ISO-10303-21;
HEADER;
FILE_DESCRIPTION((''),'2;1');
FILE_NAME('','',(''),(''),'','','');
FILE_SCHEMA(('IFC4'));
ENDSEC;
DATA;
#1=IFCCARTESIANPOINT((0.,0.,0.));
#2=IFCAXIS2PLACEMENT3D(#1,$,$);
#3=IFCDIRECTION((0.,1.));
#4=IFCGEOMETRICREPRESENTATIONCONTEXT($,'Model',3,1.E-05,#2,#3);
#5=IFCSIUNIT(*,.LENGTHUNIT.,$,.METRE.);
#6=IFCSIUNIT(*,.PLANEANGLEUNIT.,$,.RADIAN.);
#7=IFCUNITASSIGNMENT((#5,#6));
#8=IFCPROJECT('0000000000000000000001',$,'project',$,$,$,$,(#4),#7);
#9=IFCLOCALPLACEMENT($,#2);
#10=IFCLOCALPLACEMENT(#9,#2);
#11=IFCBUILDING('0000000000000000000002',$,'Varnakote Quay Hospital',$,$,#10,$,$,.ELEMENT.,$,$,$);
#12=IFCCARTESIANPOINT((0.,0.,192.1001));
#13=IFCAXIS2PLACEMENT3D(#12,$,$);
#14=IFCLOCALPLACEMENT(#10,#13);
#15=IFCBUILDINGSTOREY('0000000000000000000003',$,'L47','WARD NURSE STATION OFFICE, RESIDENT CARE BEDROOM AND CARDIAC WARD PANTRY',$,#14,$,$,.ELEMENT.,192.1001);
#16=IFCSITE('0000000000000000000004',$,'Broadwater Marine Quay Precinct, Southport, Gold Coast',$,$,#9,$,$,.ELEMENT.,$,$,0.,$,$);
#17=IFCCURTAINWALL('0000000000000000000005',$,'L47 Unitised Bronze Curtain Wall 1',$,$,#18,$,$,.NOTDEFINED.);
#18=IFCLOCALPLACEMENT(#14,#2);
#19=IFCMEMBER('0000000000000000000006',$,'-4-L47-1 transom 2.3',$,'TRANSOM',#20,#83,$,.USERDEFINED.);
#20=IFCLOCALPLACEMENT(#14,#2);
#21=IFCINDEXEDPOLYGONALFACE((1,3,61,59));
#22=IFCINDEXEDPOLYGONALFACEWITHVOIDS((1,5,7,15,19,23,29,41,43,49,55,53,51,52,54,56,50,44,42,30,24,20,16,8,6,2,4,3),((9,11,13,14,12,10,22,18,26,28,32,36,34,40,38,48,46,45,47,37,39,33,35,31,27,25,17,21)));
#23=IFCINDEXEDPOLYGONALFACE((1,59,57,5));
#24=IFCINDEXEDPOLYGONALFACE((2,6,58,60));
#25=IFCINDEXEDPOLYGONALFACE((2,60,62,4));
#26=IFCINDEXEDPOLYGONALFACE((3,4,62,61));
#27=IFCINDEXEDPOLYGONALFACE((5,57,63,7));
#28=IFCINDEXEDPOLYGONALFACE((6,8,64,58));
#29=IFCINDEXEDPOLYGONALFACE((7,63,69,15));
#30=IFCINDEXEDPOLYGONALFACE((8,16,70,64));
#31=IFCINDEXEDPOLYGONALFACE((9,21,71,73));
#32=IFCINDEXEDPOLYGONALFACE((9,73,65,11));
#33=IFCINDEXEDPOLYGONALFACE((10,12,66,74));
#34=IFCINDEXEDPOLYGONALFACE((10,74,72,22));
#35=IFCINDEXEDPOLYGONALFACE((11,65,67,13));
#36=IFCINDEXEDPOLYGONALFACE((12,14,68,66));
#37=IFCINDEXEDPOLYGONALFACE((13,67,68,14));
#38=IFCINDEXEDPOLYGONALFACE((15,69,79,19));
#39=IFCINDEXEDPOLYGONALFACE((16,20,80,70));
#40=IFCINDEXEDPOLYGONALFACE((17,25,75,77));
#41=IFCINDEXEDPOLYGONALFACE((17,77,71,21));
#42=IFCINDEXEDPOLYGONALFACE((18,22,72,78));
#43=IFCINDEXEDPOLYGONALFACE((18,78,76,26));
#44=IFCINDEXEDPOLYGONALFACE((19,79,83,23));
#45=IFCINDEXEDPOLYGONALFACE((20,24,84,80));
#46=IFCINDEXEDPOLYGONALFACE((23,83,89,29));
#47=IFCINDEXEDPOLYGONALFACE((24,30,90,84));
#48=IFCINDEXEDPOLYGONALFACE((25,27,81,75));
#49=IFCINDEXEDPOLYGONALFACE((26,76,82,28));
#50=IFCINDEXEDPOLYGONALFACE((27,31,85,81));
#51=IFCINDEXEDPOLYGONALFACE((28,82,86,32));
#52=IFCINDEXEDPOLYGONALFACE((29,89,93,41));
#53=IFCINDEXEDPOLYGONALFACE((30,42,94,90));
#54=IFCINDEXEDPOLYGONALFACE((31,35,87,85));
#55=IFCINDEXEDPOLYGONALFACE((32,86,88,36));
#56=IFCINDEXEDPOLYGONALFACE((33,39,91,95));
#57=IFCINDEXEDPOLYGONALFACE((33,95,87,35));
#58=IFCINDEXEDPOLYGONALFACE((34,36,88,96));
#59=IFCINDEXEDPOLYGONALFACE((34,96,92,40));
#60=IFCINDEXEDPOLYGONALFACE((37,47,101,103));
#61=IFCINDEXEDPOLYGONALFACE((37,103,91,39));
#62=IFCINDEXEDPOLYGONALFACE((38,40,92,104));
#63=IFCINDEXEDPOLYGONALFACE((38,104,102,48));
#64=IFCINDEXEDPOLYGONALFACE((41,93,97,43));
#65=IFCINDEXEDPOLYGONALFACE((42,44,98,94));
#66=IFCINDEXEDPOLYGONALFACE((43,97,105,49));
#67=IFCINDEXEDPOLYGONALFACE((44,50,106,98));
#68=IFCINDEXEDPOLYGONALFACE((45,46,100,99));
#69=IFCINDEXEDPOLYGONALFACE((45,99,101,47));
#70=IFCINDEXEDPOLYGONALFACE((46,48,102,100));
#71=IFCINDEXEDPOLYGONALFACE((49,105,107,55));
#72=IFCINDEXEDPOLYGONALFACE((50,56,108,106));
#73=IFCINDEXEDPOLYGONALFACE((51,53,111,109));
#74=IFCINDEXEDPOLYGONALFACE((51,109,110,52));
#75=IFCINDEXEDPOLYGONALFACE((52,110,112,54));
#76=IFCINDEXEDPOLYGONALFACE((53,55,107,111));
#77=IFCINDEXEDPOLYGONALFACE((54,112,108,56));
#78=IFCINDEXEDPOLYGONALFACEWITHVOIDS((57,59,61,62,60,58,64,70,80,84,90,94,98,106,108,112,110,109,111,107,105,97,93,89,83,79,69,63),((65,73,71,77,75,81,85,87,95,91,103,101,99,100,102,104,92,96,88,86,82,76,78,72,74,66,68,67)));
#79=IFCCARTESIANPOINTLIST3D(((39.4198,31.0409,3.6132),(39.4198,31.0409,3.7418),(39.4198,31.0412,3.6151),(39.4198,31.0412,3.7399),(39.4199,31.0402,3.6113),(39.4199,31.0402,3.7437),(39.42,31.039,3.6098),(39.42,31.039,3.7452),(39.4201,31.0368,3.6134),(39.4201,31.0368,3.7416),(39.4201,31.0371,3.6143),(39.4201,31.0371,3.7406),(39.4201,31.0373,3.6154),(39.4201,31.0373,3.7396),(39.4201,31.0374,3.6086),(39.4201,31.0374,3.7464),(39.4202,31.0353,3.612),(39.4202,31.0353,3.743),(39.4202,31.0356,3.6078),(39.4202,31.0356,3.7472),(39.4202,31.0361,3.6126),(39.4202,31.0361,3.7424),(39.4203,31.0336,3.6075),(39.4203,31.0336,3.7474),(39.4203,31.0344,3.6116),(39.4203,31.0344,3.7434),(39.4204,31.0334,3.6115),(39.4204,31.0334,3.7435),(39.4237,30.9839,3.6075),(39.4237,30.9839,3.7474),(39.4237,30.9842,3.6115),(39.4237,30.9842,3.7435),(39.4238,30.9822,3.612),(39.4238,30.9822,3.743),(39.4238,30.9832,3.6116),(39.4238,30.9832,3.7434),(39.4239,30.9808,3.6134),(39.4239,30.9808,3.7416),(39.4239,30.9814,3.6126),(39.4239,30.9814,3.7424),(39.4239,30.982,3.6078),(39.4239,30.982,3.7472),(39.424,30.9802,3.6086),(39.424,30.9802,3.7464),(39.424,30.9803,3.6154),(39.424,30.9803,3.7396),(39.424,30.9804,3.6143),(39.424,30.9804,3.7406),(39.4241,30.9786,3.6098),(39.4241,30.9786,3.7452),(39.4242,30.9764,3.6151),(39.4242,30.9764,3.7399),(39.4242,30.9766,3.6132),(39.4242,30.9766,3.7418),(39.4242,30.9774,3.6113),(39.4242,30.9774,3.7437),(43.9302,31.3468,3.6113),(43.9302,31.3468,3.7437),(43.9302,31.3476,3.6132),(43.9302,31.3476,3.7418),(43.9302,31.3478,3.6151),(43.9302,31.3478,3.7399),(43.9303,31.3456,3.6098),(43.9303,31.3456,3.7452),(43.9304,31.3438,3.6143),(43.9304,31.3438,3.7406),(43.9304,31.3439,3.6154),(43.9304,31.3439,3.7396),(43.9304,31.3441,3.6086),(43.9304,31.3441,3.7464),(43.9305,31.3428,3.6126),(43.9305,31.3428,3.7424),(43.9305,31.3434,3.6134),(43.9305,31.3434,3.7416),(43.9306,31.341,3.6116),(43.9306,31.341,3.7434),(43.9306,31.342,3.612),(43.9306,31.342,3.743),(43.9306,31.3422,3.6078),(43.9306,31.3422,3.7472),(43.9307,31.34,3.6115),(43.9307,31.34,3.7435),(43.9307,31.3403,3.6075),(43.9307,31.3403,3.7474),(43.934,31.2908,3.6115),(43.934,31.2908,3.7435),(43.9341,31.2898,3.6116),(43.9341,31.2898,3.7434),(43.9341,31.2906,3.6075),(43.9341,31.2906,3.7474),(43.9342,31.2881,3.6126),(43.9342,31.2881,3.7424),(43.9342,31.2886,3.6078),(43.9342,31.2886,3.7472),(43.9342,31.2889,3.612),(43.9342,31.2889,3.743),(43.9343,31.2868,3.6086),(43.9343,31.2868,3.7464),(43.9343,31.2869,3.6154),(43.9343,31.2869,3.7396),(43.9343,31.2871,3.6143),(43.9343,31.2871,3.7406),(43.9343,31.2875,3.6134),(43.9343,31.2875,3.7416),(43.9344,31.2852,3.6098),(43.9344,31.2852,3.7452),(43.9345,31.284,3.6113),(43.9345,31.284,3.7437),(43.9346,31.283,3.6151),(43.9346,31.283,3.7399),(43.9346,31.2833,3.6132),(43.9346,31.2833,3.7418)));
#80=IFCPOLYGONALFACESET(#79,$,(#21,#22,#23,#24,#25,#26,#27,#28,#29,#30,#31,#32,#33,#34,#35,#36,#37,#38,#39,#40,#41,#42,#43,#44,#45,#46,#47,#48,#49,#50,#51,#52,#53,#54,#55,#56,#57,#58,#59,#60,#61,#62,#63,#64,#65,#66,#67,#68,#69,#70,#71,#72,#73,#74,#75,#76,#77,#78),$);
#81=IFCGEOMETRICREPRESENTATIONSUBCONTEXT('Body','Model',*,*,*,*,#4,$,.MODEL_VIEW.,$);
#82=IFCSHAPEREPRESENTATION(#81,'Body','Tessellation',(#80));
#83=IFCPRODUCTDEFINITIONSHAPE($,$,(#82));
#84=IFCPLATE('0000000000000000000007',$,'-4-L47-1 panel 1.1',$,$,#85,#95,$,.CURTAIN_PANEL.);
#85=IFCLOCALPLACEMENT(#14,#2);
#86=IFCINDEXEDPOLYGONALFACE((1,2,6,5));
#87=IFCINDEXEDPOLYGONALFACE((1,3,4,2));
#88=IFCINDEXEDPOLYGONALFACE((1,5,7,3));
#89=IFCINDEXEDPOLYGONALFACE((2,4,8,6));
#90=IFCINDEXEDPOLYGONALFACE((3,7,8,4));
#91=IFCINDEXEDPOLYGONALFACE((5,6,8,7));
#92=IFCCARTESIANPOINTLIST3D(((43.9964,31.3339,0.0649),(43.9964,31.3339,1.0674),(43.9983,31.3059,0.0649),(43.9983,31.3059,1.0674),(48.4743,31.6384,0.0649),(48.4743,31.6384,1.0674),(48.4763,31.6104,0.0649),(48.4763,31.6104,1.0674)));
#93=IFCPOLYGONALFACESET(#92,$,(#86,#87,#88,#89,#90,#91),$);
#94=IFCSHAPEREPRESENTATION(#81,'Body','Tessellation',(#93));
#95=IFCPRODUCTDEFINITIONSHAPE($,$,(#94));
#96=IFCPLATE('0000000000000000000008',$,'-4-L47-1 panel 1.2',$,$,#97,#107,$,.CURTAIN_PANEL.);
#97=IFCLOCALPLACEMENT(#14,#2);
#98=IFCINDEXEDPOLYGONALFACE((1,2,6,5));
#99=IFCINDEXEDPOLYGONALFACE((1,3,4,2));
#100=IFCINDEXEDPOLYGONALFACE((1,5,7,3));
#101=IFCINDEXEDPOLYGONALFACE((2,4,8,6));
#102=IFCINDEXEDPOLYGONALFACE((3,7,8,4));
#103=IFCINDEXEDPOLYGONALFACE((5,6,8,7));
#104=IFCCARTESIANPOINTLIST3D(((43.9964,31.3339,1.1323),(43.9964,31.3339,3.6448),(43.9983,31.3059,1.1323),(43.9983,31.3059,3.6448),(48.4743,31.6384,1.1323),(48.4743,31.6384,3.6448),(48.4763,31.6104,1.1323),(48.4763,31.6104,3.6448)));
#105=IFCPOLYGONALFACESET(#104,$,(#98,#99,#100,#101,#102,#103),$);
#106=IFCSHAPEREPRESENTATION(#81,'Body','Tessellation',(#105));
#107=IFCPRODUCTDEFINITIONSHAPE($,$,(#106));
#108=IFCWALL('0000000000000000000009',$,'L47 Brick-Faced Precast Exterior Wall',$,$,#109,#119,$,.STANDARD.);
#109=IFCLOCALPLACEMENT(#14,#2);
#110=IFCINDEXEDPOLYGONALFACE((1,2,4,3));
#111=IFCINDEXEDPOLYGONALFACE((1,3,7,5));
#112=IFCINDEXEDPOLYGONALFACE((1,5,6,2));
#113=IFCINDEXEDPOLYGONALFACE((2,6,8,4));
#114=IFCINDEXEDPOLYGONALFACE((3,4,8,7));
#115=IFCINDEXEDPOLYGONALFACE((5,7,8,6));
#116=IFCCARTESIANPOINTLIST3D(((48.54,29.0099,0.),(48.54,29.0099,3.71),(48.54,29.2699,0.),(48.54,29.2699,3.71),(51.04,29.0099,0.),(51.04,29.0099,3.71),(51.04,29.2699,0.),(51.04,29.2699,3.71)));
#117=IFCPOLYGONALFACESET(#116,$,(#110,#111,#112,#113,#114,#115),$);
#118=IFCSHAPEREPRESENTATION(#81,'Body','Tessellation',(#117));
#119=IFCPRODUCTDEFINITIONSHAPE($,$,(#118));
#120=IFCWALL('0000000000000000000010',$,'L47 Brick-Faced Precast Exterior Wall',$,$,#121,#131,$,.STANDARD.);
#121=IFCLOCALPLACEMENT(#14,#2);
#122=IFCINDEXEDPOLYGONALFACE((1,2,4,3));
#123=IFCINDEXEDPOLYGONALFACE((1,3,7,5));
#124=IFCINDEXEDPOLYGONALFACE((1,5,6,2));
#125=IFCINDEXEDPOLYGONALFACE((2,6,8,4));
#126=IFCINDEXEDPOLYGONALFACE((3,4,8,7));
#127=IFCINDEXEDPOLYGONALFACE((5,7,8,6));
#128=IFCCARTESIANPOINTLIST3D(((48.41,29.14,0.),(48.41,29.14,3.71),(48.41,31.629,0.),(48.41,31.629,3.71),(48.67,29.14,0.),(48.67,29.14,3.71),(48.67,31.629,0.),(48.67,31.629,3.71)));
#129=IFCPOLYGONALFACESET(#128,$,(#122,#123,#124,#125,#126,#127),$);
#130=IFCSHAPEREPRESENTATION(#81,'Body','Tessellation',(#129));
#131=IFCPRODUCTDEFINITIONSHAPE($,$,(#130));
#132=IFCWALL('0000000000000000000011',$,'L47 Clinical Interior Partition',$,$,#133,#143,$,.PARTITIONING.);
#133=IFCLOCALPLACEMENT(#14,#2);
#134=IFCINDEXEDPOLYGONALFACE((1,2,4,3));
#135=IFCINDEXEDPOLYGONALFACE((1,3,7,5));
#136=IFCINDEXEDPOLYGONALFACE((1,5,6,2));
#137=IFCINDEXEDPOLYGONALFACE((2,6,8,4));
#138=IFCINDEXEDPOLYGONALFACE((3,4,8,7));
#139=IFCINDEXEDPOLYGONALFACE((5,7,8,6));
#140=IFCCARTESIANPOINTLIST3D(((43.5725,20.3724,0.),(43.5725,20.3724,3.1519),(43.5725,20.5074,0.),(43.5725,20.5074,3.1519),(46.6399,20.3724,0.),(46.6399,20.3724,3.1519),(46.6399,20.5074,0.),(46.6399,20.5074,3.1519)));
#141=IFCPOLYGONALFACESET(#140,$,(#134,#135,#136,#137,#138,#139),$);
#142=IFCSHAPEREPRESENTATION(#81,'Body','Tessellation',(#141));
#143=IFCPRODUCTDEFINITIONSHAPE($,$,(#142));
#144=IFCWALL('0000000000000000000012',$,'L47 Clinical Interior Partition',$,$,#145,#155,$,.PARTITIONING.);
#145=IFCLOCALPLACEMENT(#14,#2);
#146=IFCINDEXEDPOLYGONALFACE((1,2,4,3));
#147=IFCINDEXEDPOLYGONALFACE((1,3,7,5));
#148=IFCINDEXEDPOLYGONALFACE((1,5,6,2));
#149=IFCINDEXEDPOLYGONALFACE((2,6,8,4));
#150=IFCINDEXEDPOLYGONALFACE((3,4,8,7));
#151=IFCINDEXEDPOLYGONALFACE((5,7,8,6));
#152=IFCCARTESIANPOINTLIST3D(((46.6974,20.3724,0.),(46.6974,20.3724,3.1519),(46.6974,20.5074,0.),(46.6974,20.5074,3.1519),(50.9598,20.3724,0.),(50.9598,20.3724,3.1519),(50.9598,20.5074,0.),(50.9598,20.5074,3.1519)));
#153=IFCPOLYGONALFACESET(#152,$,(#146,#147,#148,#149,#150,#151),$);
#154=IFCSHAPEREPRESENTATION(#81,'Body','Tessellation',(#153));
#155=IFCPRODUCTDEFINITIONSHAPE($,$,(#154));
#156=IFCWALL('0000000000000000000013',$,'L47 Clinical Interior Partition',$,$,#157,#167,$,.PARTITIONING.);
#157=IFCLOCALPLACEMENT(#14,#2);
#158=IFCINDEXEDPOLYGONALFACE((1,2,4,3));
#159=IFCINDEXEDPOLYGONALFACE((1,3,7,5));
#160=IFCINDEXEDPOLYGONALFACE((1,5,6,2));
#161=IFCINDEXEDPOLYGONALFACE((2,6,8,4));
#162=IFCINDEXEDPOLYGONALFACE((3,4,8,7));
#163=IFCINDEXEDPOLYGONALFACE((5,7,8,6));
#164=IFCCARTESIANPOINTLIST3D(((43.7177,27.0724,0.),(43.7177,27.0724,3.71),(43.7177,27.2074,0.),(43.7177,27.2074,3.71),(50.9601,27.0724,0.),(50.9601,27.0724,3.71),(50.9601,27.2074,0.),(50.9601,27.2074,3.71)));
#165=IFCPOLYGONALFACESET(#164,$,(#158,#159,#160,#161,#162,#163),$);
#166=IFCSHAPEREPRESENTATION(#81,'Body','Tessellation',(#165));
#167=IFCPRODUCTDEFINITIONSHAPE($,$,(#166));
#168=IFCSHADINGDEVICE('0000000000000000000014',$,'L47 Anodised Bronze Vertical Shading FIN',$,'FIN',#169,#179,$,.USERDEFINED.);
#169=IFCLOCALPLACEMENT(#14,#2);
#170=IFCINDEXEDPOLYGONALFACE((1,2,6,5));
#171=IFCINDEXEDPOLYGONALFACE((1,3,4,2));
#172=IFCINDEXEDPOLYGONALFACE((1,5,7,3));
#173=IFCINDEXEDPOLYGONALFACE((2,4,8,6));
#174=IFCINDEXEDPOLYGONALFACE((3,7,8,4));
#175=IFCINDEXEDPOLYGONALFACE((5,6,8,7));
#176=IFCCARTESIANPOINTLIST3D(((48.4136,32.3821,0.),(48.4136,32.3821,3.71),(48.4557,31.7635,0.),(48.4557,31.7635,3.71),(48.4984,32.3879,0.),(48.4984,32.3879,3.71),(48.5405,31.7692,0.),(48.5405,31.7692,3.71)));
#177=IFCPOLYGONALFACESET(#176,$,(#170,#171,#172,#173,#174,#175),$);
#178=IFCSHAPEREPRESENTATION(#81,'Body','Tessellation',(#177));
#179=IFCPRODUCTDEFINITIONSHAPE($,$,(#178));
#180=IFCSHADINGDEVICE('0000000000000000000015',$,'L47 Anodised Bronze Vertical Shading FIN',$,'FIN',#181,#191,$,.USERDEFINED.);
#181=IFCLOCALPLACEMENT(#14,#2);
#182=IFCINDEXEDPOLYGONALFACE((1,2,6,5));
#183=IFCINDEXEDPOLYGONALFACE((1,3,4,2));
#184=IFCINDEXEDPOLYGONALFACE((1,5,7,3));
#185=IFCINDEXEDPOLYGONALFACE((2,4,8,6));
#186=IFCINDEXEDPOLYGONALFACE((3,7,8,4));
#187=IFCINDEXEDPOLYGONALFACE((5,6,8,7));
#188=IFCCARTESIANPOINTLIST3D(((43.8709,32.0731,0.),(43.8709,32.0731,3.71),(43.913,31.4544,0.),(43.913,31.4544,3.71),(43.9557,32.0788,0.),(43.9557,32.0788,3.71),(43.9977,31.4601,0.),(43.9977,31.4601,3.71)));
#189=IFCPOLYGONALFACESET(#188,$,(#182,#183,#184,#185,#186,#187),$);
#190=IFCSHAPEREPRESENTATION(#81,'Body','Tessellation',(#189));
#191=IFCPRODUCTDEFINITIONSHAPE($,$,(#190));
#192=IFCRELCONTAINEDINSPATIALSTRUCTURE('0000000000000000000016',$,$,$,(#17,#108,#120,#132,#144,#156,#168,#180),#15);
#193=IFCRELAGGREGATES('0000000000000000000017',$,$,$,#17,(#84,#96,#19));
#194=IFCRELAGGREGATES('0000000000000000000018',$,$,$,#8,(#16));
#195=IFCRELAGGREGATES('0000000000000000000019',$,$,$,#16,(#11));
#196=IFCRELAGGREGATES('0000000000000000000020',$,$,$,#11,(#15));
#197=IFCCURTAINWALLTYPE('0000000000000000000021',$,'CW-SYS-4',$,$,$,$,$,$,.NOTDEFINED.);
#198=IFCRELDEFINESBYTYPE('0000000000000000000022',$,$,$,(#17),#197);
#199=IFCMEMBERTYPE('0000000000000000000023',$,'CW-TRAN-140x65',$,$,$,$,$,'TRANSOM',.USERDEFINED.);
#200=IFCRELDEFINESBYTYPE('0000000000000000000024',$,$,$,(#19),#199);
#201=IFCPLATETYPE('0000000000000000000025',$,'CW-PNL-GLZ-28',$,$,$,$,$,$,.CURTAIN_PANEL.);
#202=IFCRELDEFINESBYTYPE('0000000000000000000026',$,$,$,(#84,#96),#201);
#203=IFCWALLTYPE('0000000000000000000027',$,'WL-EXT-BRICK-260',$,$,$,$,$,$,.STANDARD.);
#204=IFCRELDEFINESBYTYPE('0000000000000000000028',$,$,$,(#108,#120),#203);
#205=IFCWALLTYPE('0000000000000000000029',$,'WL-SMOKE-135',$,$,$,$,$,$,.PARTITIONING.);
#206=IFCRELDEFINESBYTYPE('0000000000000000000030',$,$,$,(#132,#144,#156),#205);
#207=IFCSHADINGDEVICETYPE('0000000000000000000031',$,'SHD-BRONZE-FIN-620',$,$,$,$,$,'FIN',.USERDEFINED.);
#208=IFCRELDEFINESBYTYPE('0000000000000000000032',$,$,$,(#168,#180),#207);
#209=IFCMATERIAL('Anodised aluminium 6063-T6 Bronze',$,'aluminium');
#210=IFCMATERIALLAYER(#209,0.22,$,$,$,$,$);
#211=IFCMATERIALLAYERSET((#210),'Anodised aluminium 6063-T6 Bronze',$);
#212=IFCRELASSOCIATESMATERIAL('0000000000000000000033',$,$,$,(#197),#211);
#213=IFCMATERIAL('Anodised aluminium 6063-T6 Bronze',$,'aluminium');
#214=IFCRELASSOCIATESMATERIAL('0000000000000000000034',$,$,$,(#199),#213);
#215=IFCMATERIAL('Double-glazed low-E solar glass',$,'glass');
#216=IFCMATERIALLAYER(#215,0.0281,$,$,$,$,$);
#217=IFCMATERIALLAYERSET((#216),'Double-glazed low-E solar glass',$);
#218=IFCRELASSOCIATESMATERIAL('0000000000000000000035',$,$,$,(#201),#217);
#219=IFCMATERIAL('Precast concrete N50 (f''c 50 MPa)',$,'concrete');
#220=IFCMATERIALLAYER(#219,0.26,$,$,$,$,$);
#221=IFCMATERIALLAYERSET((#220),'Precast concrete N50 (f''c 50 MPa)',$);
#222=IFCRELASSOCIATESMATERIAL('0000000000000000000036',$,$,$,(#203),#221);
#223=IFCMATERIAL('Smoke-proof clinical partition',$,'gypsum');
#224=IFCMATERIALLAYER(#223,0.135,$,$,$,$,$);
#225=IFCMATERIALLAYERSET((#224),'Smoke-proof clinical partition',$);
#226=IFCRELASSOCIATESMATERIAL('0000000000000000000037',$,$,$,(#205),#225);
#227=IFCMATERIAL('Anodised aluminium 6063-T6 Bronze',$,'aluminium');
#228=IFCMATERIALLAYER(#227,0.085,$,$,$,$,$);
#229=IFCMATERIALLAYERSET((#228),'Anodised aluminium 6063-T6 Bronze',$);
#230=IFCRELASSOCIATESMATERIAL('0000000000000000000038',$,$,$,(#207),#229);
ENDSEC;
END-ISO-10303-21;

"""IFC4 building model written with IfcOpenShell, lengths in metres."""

from ifc_helpers import new_model, si_unit, direction, frame, frame_2d, origin, origin_2d, place, context, subcontext, project, spatial, rectangle, hollow_rectangle, extrude, material, layer, layer_set, material_profile, profile_set, type_object, element, aggregate, save


model = new_model("IFC4")

# Units and contexts
model_context = context("Model", 3, precision=1e-05, world=origin(), true_north=direction((0.0, 1.0)))
body_context = subcontext(model_context, "Body", "Model", "MODEL_VIEW")
ifc_project = project(units=[si_unit("LENGTHUNIT", "METRE"), si_unit("PLANEANGLEUNIT", "RADIAN")], contexts=[model_context])

# Site, building, storey
site_placement = place(None, origin())
site = spatial("IfcSite", under=ifc_project, at=site_placement, Name="Broadwater Marine Quay Precinct, Southport, Gold Coast", CompositionType="ELEMENT", RefElevation=0.0)
building_placement = place(site_placement, origin())
building = spatial("IfcBuilding", under=site, at=building_placement, Name="Varnakote Quay Hospital", CompositionType="ELEMENT")
storey_placement = place(building_placement, frame((0.0, 0.0, 192.1001)))
storey = spatial("IfcBuildingStorey", under=building, at=storey_placement, Name="L47", Description="WARD NURSE STATION OFFICE, RESIDENT CARE BEDROOM AND CARDIAC WARD PANTRY", CompositionType="ELEMENT", Elevation=192.1001)

# Curtain wall, member, plates
ifc_material_1 = material(Name="Anodised aluminium 6063-T6 Bronze", Category="aluminium")
ifc_layer_1 = layer(ifc_material_1, 0.22)
ifc_layer_set_1 = layer_set([ifc_layer_1], Name="Anodised aluminium 6063-T6 Bronze")
curtain_wall_type = type_object("IfcCurtainWallType", Name="CW-SYS-4", PredefinedType="NOTDEFINED", material=ifc_layer_set_1)
curtain_wall_placement = place(storey_placement, origin())
curtain_wall = element("IfcCurtainWall", 1, at=curtain_wall_placement, inside=storey, type_object=curtain_wall_type, Name="L47 Unitised Bronze Curtain Wall 1", PredefinedType="NOTDEFINED")
ifc_material_2 = material(Name="Anodised aluminium 6063-T6 Bronze", Category="aluminium")
ifc_material_profile_1 = material_profile(ifc_material_2, hollow_rectangle(XDim=0.0649, YDim=0.1399, WallThickness=0.0039, InnerFilletRadius=0.0039, OuterFilletRadius=0.0076, at=origin_2d()), Name="CW-TRAN-140x65")
ifc_profile_set_1 = profile_set([ifc_material_profile_1], Name="Anodised aluminium 6063-T6 Bronze")
member_type_1 = type_object("IfcMemberType", Name="CW-TRAN-140x65", ElementType="TRANSOM", PredefinedType="USERDEFINED", material=ifc_profile_set_1)
member_1_placement = place(storey_placement, frame((43.9324, 31.3154, 3.6775), z_axis=(-0.997697, -0.067831, 0.0), x_axis=(0.067831, -0.997697, 0.0)))
member_1 = element("IfcMember", 2, at=member_1_placement, type_object=member_type_1, Name="-4-L47-1 transom 2.3", ObjectType="TRANSOM", PredefinedType="USERDEFINED", context=body_context, shape_type="SweptSolid", body=[
    extrude(hollow_rectangle(XDim=0.0649, YDim=0.1399, WallThickness=0.0039, InnerFilletRadius=0.0039, OuterFilletRadius=0.0076, at=origin_2d()), origin(), (0.0, 0.0, 1.0), 4.5208),
])
ifc_material_3 = material(Name="Double-glazed low-E solar glass", Category="glass")
ifc_layer_2 = layer(ifc_material_3, 0.0281)
ifc_layer_set_2 = layer_set([ifc_layer_2], Name="Double-glazed low-E solar glass")
plate_type = type_object("IfcPlateType", Name="CW-PNL-GLZ-28", PredefinedType="CURTAIN_PANEL", material=ifc_layer_set_2)
plate_1_placement = place(storey_placement, frame((46.2363, 31.4722, 0.0649), z_axis=(0.0, 0.0, 1.0), x_axis=(-0.997696, -0.067842, 0.0)))
plate_1 = element("IfcPlate", 3, at=plate_1_placement, type_object=plate_type, Name="-4-L47-1 panel 1.1", PredefinedType="CURTAIN_PANEL", context=body_context, shape_type="SweptSolid", body=[
    extrude(rectangle(XDim=4.4883, YDim=0.0281, at=origin_2d()), origin(), (0.0, 0.0, 1.0), 1.0024),
])
plate_2_placement = place(storey_placement, frame((46.2363, 31.4722, 1.1323), z_axis=(0.0, 0.0, 1.0), x_axis=(-0.997696, -0.067842, 0.0)))
plate_2 = element("IfcPlate", 4, at=plate_2_placement, type_object=plate_type, Name="-4-L47-1 panel 1.2", PredefinedType="CURTAIN_PANEL", context=body_context, shape_type="SweptSolid", body=[
    extrude(rectangle(XDim=4.4883, YDim=0.0281, at=origin_2d()), origin(), (0.0, 0.0, 1.0), 2.5125),
])
aggregate(curtain_wall, [plate_1, plate_2, member_1])

# Walls
ifc_material_4 = material(Name="Precast concrete N50 (f'c 50 MPa)", Category="concrete")
ifc_layer_3 = layer(ifc_material_4, 0.26)
ifc_layer_set_3 = layer_set([ifc_layer_3], Name="Precast concrete N50 (f'c 50 MPa)")
wall_type_1 = type_object("IfcWallType", Name="WL-EXT-BRICK-260", PredefinedType="STANDARD", material=ifc_layer_set_3)
wall_1_placement = place(storey_placement, frame((51.04, 29.1399, 0.0), z_axis=(0.0, 0.0, 1.0), x_axis=(-1.0, 0.0, 0.0)))
element("IfcWall", 5, at=wall_1_placement, inside=storey, type_object=wall_type_1, Name="L47 Brick-Faced Precast Exterior Wall", PredefinedType="STANDARD", context=body_context, shape_type="SweptSolid", body=[
    extrude(rectangle(XDim=2.5, YDim=0.26, at=frame_2d((1.25, 0.0))), origin(), (0.0, 0.0, 1.0), 3.71),
])
wall_2_placement = place(storey_placement, frame((48.54, 29.1399, 0.0), z_axis=(0.0, 0.0, 1.0), x_axis=(0.0, 1.0, 0.0)))
element("IfcWall", 6, at=wall_2_placement, inside=storey, type_object=wall_type_1, Name="L47 Brick-Faced Precast Exterior Wall", PredefinedType="STANDARD", context=body_context, shape_type="SweptSolid", body=[
    extrude(rectangle(XDim=2.489, YDim=0.26, at=frame_2d((1.2446, 0.0))), origin(), (0.0, 0.0, 1.0), 3.71),
])
ifc_material_5 = material(Name="Smoke-proof clinical partition", Category="gypsum")
ifc_layer_4 = layer(ifc_material_5, 0.135)
ifc_layer_set_4 = layer_set([ifc_layer_4], Name="Smoke-proof clinical partition")
wall_type_2 = type_object("IfcWallType", Name="WL-SMOKE-135", PredefinedType="PARTITIONING", material=ifc_layer_set_4)
wall_3_placement = place(storey_placement, frame((46.6399, 20.4399, 0.0), z_axis=(0.0, 0.0, 1.0), x_axis=(-1.0, 0.0, 0.0)))
element("IfcWall", 7, at=wall_3_placement, inside=storey, type_object=wall_type_2, Name="L47 Clinical Interior Partition", PredefinedType="PARTITIONING", context=body_context, shape_type="SweptSolid", body=[
    extrude(rectangle(XDim=3.0674, YDim=0.135, at=frame_2d((1.5337, 0.0))), origin(), (0.0, 0.0, 1.0), 3.1519),
])
wall_4_placement = place(storey_placement, frame((50.96, 20.4399, 0.0), z_axis=(0.0, 0.0, 1.0), x_axis=(-1.0, 0.0, 0.0)))
element("IfcWall", 8, at=wall_4_placement, inside=storey, type_object=wall_type_2, Name="L47 Clinical Interior Partition", PredefinedType="PARTITIONING", context=body_context, shape_type="SweptSolid", body=[
    extrude(rectangle(XDim=4.2625, YDim=0.135, at=frame_2d((2.1313, 0.0))), origin(), (0.0, 0.0, 1.0), 3.1519),
])
wall_5_placement = place(storey_placement, frame((50.96, 27.1399, 0.0), z_axis=(0.0, 0.0, 1.0), x_axis=(-1.0, 0.0, 0.0)))
element("IfcWall", 9, at=wall_5_placement, inside=storey, type_object=wall_type_2, Name="L47 Clinical Interior Partition", PredefinedType="PARTITIONING", context=body_context, shape_type="SweptSolid", body=[
    extrude(rectangle(XDim=7.2424, YDim=0.135, at=frame_2d((3.6211, 0.0))), origin(), (0.0, 0.0, 1.0), 3.71),
])

# Shading devices
ifc_material_6 = material(Name="Anodised aluminium 6063-T6 Bronze", Category="aluminium")
ifc_layer_5 = layer(ifc_material_6, 0.085)
ifc_layer_set_5 = layer_set([ifc_layer_5], Name="Anodised aluminium 6063-T6 Bronze")
shading_device_type = type_object("IfcShadingDeviceType", Name="SHD-BRONZE-FIN-620", ElementType="FIN", PredefinedType="USERDEFINED", material=ifc_layer_set_5)
for number, where, z_axis, x_axis, name in (
    (10, (48.4771, 32.0757, 0.0), (0.0, 0.0, 1.0), (0.067841, -0.997696, 0.0), "L47 Anodised Bronze Vertical Shading FIN"),
    (11, (43.9343, 31.7666, 0.0), (0.0, 0.0, 1.0), (0.067841, -0.997696, 0.0), "L47 Anodised Bronze Vertical Shading FIN"),
):
    element("IfcShadingDevice", number, at=place(storey_placement, frame(where, z_axis=z_axis, x_axis=x_axis)), inside=storey, type_object=shading_device_type, Name=name, ObjectType="FIN", PredefinedType="USERDEFINED", context=body_context, shape_type="SweptSolid", body=[
        extrude(rectangle(XDim=0.6201, YDim=0.085, at=origin_2d()), origin(), (0.0, 0.0, 1.0), 3.71),
    ])

save(model, "model.ifc")
